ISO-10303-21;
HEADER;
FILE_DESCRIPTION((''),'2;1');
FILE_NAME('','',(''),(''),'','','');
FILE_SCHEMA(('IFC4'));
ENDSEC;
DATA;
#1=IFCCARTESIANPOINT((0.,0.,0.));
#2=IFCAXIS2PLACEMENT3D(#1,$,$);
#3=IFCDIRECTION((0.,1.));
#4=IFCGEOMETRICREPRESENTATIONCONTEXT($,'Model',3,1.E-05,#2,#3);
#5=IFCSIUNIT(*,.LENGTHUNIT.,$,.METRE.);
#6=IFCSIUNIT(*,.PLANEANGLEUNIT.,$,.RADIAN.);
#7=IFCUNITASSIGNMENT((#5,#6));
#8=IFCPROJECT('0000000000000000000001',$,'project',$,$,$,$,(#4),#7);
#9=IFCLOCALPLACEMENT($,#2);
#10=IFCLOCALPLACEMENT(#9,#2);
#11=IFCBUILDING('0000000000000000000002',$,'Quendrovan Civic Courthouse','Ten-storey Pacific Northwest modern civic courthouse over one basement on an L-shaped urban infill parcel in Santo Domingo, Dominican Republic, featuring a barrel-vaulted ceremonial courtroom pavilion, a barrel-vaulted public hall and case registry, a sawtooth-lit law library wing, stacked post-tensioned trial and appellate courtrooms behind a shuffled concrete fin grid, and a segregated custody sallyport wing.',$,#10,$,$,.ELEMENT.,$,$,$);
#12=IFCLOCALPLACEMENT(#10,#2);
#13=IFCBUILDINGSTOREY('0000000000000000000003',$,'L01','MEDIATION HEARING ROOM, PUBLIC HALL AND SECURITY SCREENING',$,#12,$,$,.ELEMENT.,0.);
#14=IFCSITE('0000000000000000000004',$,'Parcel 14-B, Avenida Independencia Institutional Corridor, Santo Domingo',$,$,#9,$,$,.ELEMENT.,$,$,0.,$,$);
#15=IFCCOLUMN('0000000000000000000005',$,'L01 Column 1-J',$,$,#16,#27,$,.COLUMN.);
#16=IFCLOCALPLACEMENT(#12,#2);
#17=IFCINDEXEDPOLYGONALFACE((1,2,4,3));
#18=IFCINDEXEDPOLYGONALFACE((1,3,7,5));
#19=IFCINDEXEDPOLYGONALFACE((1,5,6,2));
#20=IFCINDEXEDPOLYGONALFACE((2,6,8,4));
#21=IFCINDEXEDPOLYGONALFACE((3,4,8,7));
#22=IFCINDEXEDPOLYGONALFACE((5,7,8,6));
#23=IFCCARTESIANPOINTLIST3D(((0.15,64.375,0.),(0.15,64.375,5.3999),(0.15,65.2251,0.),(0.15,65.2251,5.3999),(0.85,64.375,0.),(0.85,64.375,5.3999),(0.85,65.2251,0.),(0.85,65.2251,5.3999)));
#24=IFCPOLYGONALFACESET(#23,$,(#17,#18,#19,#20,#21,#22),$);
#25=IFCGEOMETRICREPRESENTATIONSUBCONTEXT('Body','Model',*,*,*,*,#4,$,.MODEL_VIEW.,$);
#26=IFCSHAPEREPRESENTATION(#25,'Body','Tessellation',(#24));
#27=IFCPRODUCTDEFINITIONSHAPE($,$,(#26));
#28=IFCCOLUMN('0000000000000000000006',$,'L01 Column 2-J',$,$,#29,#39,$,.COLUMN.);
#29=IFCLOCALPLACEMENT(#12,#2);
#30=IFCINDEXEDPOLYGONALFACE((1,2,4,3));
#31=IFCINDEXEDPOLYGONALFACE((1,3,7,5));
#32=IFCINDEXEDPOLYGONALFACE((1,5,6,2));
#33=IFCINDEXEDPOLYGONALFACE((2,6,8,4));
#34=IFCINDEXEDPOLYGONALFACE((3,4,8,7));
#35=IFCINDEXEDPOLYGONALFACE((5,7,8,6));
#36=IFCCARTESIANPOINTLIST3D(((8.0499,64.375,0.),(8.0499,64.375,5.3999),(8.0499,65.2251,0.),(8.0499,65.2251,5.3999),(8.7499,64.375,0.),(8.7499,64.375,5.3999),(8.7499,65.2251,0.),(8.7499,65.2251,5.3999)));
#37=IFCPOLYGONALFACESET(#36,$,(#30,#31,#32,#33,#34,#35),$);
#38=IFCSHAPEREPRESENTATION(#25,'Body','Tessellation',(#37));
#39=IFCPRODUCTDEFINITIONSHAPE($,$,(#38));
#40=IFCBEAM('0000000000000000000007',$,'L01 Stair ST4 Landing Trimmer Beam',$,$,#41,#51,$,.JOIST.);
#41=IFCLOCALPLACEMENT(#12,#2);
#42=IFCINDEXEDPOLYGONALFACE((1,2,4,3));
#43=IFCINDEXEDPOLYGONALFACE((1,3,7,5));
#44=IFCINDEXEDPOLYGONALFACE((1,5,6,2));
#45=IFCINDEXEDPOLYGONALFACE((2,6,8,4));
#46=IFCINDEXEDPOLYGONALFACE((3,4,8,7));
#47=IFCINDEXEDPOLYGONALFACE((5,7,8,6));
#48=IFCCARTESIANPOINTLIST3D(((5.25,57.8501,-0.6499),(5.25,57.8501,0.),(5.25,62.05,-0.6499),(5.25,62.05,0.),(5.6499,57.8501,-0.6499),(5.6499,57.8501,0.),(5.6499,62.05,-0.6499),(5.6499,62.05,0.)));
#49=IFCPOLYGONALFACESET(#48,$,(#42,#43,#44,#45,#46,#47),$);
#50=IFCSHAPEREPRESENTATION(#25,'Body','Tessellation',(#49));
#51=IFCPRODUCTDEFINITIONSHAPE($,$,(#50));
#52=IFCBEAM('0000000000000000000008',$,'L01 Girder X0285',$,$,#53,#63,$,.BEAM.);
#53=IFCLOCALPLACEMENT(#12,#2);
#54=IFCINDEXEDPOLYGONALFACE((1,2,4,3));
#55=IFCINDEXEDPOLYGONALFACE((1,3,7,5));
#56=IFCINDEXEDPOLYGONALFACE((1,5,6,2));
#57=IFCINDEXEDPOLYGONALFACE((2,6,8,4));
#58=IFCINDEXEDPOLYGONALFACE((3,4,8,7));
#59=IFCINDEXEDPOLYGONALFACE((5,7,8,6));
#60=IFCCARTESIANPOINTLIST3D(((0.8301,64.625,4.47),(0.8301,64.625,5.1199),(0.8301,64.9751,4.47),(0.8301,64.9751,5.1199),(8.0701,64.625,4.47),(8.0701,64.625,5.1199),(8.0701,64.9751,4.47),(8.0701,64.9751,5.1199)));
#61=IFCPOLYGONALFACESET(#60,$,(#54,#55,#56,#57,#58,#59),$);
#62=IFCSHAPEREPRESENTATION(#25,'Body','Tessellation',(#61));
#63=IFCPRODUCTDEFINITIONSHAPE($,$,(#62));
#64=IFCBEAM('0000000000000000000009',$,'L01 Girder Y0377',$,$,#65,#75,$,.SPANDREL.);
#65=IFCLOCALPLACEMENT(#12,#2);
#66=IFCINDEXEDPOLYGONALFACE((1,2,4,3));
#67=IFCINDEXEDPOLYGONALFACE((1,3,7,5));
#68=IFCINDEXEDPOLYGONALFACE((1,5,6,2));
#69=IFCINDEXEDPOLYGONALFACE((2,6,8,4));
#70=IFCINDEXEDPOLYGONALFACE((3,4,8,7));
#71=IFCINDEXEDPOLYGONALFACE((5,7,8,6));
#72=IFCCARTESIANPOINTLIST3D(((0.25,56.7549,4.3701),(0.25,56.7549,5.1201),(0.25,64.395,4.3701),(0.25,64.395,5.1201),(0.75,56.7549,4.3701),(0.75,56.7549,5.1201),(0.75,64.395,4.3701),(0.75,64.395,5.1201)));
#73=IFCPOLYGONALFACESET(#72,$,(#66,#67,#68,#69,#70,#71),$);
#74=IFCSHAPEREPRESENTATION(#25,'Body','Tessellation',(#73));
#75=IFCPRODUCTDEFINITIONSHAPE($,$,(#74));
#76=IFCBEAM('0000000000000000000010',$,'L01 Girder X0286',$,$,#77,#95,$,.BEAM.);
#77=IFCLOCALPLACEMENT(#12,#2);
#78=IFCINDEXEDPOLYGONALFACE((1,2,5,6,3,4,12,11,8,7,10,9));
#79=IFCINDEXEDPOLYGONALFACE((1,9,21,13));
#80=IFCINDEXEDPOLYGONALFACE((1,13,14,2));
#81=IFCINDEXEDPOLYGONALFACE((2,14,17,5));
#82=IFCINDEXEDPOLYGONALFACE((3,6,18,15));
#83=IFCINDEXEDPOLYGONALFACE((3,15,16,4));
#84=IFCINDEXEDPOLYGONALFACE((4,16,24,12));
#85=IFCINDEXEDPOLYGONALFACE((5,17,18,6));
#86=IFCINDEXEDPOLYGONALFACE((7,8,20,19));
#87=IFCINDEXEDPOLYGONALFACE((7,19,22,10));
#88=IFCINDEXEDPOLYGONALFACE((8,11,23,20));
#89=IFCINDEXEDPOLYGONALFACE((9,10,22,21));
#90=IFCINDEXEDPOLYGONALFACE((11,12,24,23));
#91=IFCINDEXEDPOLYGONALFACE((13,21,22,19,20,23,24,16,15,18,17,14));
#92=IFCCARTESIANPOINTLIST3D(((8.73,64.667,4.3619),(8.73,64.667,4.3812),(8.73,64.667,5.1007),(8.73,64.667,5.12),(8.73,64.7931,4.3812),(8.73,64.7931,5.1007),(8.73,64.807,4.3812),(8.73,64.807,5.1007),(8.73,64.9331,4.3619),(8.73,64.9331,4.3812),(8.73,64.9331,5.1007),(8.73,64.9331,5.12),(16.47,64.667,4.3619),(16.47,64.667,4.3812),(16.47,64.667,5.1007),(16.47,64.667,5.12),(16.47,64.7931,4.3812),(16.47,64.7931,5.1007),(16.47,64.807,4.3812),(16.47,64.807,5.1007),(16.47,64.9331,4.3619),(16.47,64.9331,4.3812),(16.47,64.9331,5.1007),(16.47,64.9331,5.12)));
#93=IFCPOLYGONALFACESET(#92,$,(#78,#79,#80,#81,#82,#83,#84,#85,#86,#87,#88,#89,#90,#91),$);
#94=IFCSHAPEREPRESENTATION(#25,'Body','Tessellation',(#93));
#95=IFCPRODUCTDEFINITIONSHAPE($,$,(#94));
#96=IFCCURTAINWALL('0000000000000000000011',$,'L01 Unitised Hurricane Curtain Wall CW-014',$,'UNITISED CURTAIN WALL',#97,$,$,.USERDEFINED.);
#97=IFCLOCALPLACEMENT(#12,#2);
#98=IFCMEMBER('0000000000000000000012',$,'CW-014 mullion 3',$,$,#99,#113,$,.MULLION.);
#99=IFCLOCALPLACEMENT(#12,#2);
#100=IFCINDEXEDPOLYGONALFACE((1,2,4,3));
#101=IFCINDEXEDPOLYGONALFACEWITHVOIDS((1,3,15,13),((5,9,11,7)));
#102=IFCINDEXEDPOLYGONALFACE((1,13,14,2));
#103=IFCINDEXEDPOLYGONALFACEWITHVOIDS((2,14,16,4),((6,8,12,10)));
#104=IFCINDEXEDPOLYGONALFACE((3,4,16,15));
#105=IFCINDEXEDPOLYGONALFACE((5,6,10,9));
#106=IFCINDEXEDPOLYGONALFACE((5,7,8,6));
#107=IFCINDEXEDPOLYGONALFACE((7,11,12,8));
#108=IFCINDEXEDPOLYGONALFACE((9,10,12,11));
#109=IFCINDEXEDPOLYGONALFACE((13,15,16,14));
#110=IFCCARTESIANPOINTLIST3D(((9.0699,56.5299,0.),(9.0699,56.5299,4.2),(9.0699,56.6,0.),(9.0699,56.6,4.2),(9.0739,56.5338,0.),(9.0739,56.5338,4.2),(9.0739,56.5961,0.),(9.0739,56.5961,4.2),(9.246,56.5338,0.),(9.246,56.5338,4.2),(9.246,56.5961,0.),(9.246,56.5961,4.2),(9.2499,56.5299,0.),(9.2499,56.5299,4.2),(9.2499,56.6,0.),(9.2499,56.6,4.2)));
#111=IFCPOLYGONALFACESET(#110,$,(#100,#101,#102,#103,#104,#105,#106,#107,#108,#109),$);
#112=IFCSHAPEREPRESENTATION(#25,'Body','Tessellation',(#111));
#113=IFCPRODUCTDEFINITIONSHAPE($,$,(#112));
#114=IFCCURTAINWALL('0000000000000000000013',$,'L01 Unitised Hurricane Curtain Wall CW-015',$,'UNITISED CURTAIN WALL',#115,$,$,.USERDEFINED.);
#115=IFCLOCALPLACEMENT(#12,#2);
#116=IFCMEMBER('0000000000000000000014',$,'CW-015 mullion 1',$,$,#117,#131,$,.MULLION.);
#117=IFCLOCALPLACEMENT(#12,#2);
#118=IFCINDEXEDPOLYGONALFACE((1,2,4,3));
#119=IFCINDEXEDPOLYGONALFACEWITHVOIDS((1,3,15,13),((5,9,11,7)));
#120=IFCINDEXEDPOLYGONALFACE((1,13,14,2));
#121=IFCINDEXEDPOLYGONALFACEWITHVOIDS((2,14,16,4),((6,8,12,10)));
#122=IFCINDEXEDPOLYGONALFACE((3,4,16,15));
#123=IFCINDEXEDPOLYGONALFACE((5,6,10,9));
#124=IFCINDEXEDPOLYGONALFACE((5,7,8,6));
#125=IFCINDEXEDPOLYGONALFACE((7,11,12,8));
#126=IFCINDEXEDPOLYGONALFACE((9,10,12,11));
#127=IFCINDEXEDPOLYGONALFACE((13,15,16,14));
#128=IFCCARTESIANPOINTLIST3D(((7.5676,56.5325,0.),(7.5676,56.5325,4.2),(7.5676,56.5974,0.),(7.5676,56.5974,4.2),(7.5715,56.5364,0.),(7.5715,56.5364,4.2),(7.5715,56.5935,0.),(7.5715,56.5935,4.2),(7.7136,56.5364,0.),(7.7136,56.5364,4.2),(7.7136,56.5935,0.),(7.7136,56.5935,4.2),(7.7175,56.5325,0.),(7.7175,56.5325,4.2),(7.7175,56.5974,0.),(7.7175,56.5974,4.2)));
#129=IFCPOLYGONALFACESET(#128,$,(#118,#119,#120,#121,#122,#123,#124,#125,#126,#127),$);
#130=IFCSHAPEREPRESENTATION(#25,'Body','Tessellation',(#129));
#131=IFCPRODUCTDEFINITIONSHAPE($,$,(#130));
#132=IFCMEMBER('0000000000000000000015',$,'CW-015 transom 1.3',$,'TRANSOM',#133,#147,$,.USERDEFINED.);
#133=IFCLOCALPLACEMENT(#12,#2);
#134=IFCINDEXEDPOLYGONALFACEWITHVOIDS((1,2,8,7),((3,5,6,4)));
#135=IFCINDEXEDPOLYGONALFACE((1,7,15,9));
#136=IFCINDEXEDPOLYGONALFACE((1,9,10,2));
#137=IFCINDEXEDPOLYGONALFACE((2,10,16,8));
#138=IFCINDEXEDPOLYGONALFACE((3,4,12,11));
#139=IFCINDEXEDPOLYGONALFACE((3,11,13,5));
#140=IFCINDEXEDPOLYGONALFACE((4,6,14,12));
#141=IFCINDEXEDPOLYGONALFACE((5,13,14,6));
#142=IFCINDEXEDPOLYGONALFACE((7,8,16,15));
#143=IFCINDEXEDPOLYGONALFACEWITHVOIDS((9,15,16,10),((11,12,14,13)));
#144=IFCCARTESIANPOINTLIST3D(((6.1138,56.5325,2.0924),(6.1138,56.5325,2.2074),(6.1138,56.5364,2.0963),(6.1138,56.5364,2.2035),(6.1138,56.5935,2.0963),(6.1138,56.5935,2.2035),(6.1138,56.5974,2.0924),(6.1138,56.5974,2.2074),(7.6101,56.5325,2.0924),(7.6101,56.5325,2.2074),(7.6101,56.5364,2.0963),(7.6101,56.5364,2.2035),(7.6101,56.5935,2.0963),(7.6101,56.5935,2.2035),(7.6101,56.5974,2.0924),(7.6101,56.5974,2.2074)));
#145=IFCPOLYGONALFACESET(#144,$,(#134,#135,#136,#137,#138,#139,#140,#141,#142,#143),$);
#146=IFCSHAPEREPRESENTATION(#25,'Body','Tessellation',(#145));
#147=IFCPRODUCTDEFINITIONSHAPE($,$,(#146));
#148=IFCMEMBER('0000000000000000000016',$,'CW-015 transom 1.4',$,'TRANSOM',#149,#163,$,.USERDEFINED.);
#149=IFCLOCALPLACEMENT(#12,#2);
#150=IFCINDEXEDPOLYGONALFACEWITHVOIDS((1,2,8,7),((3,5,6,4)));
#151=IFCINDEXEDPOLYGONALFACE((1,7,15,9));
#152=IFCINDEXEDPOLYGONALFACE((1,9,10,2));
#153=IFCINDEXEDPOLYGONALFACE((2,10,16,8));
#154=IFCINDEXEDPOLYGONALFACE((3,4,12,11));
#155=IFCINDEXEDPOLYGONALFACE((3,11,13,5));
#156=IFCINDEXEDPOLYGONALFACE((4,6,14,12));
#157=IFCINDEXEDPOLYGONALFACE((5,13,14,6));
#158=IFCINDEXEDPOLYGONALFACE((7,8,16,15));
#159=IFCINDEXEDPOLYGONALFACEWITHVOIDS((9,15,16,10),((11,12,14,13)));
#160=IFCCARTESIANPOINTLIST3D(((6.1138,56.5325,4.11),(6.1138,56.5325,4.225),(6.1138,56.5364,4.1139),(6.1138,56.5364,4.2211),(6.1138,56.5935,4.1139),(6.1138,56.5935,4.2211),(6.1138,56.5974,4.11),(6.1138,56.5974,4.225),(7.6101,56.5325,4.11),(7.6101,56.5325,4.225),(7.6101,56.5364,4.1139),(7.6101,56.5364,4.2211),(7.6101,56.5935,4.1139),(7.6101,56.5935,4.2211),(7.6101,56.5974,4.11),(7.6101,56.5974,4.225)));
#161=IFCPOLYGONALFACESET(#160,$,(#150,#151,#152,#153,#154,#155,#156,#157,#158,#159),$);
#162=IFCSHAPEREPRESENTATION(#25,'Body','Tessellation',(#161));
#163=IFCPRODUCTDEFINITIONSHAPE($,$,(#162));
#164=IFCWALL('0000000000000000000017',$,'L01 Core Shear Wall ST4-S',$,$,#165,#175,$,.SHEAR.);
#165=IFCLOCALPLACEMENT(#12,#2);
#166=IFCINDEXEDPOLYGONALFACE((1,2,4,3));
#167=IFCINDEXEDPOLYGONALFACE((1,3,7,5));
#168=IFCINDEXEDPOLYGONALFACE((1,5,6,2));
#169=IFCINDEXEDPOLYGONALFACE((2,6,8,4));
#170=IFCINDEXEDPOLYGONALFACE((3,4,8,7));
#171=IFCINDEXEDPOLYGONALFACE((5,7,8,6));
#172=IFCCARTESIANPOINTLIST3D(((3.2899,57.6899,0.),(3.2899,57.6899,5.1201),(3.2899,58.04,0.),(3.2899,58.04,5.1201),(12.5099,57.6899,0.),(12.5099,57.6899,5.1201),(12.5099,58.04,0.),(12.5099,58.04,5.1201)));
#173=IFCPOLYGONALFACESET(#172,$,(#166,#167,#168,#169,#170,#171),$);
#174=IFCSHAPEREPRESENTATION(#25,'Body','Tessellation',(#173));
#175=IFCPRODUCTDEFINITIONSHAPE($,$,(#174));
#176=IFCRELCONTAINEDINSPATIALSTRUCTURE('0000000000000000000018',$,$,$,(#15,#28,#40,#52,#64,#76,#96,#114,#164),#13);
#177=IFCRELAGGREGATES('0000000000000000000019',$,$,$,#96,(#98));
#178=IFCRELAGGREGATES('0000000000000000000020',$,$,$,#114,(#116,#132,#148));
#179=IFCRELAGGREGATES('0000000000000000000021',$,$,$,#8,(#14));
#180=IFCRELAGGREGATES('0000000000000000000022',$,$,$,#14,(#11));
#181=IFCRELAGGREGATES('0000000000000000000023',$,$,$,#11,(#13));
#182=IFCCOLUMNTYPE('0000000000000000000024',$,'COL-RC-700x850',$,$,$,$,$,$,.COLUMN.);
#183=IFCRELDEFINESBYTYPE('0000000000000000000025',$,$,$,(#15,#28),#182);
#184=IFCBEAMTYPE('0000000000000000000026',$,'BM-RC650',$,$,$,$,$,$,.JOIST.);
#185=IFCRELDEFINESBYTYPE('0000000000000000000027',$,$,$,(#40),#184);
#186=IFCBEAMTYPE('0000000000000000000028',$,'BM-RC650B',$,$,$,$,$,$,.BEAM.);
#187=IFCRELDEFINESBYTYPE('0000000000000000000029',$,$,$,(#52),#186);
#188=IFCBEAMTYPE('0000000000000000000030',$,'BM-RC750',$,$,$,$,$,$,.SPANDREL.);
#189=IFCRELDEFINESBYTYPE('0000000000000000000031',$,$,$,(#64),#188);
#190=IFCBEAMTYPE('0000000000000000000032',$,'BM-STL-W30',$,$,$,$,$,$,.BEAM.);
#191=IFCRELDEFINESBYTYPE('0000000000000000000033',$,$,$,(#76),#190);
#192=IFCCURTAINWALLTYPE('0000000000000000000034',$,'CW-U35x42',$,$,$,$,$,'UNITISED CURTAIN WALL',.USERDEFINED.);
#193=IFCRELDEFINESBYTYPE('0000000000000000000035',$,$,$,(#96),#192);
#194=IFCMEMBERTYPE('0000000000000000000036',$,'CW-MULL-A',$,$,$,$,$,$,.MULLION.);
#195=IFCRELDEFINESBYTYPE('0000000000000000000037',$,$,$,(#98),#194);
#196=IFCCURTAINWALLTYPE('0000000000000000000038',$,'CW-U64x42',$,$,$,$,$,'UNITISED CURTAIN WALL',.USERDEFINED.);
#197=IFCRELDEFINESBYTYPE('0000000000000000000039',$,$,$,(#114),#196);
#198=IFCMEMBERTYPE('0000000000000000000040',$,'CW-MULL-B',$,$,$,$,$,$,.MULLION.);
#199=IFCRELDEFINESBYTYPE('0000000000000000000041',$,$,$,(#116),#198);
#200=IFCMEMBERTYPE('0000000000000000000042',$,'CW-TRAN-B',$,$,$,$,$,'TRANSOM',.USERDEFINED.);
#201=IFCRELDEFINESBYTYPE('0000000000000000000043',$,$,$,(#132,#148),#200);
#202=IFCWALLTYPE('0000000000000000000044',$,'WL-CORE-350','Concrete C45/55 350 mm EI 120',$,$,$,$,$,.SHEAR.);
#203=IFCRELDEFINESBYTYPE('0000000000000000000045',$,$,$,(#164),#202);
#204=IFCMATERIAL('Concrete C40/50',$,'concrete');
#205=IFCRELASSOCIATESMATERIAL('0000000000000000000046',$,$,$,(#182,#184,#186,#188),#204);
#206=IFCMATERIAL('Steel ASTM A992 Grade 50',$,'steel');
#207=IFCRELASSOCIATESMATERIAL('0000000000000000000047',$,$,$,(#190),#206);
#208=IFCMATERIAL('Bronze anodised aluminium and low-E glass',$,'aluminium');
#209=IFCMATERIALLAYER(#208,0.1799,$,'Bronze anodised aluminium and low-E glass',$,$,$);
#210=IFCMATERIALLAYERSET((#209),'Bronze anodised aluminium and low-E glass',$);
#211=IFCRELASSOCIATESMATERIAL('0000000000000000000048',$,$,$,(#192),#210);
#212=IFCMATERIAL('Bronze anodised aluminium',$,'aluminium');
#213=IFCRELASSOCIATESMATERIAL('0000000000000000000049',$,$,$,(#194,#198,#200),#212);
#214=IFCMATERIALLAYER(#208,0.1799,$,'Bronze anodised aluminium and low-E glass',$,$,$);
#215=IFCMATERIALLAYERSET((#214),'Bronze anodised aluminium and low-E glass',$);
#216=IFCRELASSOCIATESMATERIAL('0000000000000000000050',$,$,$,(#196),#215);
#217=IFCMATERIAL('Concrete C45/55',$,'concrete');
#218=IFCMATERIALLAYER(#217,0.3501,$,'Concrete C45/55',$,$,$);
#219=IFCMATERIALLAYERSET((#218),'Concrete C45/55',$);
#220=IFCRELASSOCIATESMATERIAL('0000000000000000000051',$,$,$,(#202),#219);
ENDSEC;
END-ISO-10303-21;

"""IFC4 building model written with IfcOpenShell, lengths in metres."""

from ifc_helpers import new_model, si_unit, direction, frame, frame_2d, origin, origin_2d, place, context, subcontext, project, spatial, rectangle, hollow_rectangle, i_section, extrude, material, layer, layer_set, material_profile, profile_set, type_object, element, aggregate, save


model = new_model("IFC4")

# Units and contexts
model_context = context("Model", 3, precision=1e-05, world=origin(), true_north=direction((0.0, 1.0)))
body_context = subcontext(model_context, "Body", "Model", "MODEL_VIEW")
ifc_project = project(units=[si_unit("LENGTHUNIT", "METRE"), si_unit("PLANEANGLEUNIT", "RADIAN")], contexts=[model_context])

# Site, building, storey
site_placement = place(None, origin())
site = spatial("IfcSite", under=ifc_project, at=site_placement, Name="Parcel 14-B, Avenida Independencia Institutional Corridor, Santo Domingo", CompositionType="ELEMENT", RefElevation=0.0)
building_placement = place(site_placement, origin())
building = spatial("IfcBuilding", under=site, at=building_placement, Name="Quendrovan Civic Courthouse", Description="Ten-storey Pacific Northwest modern civic courthouse over one basement on an L-shaped urban infill parcel in Santo Domingo, Dominican Republic, featuring a barrel-vaulted ceremonial courtroom pavilion, a barrel-vaulted public hall and case registry, a sawtooth-lit law library wing, stacked post-tensioned trial and appellate courtrooms behind a shuffled concrete fin grid, and a segregated custody sallyport wing.", CompositionType="ELEMENT")
storey_placement = place(building_placement, origin())
storey = spatial("IfcBuildingStorey", under=building, at=storey_placement, Name="L01", Description="MEDIATION HEARING ROOM, PUBLIC HALL AND SECURITY SCREENING", CompositionType="ELEMENT", Elevation=0.0)

# Columns
ifc_material_1 = material(Name="Concrete C40/50", Category="concrete")
ifc_material_profile_1 = material_profile(ifc_material_1, rectangle(XDim=0.7, YDim=0.8501, at=origin_2d()), Name="RC-COL-700x850")
ifc_profile_set_1 = profile_set([ifc_material_profile_1], Name="Concrete C40/50")
column_type = type_object("IfcColumnType", Name="COL-RC-700x850", PredefinedType="COLUMN", material=ifc_profile_set_1)
for number, where, z_axis, x_axis, name in (
    (1, (0.5, 64.8, 0.0), (0.0, 0.0, 1.0), (1.0, 0.0, 0.0), "L01 Column 1-J"),
    (2, (8.3999, 64.8, 0.0), (0.0, 0.0, 1.0), (1.0, 0.0, 0.0), "L01 Column 2-J"),
):
    element("IfcColumn", number, at=place(storey_placement, frame(where, z_axis=z_axis, x_axis=x_axis)), inside=storey, type_object=column_type, Name=name, PredefinedType="COLUMN", context=body_context, shape_type="SweptSolid", body=[
        extrude(rectangle(XDim=0.7, YDim=0.8501, at=origin_2d()), origin(), (0.0, 0.0, 1.0), 5.3999),
    ])

# Beams
ifc_material_profile_2 = material_profile(ifc_material_1, rectangle(XDim=0.3999, YDim=0.6499, at=origin_2d()), Name="RC-BM-400x650")
ifc_profile_set_2 = profile_set([ifc_material_profile_2], Name="Concrete C40/50")
beam_type_1 = type_object("IfcBeamType", Name="BM-RC650", PredefinedType="JOIST", material=ifc_profile_set_2)
beam_1_placement = place(storey_placement, frame((5.45, 57.8501, -0.325), z_axis=(0.0, 1.0, 0.0), x_axis=(-1.0, 0.0, 0.0)))
element("IfcBeam", 3, at=beam_1_placement, inside=storey, type_object=beam_type_1, Name="L01 Stair ST4 Landing Trimmer Beam", PredefinedType="JOIST", context=body_context, shape_type="SweptSolid", body=[
    extrude(rectangle(XDim=0.3999, YDim=0.6499, at=origin_2d()), origin(), (0.0, 0.0, 1.0), 4.2),
])
ifc_material_profile_3 = material_profile(ifc_material_1, rectangle(XDim=0.3501, YDim=0.6499, at=origin_2d()), Name="RC-BM-350x650")
ifc_profile_set_3 = profile_set([ifc_material_profile_3], Name="Concrete C40/50")
beam_type_2 = type_object("IfcBeamType", Name="BM-RC650B", PredefinedType="BEAM", material=ifc_profile_set_3)
beam_2_placement = place(storey_placement, frame((0.8301, 64.8, 4.7949), z_axis=(1.0, 0.0, 0.0), x_axis=(0.0, 1.0, 0.0)))
element("IfcBeam", 4, at=beam_2_placement, inside=storey, type_object=beam_type_2, Name="L01 Girder X0285", PredefinedType="BEAM", context=body_context, shape_type="SweptSolid", body=[
    extrude(rectangle(XDim=0.3501, YDim=0.6499, at=origin_2d()), origin(), (0.0, 0.0, 1.0), 7.24),
])
ifc_material_profile_4 = material_profile(ifc_material_1, rectangle(XDim=0.5, YDim=0.75, at=origin_2d()), Name="RC-BM-500x750")
ifc_profile_set_4 = profile_set([ifc_material_profile_4], Name="Concrete C40/50")
beam_type_3 = type_object("IfcBeamType", Name="BM-RC750", PredefinedType="SPANDREL", material=ifc_profile_set_4)
beam_3_placement = place(storey_placement, frame((0.5, 56.7549, 4.7451), z_axis=(0.0, 1.0, 0.0), x_axis=(-1.0, 0.0, 0.0)))
element("IfcBeam", 5, at=beam_3_placement, inside=storey, type_object=beam_type_3, Name="L01 Girder Y0377", PredefinedType="SPANDREL", context=body_context, shape_type="SweptSolid", body=[
    extrude(rectangle(XDim=0.5, YDim=0.75, at=origin_2d()), origin(), (0.0, 0.0, 1.0), 7.6401),
])
ifc_material_2 = material(Name="Steel ASTM A992 Grade 50", Category="steel")
ifc_material_profile_5 = material_profile(ifc_material_2, i_section(OverallWidth=0.2661, OverallDepth=0.7581, WebThickness=0.0139, FlangeThickness=0.0193, at=origin_2d()), Name="W30X108")
ifc_profile_set_5 = profile_set([ifc_material_profile_5], Name="Steel ASTM A992 Grade 50")
beam_type_4 = type_object("IfcBeamType", Name="BM-STL-W30", PredefinedType="BEAM", material=ifc_profile_set_5)
beam_4_placement = place(storey_placement, frame((8.73, 64.8, 4.741), z_axis=(1.0, 0.0, 0.0), x_axis=(0.0, 1.0, 0.0)))
element("IfcBeam", 6, at=beam_4_placement, inside=storey, type_object=beam_type_4, Name="L01 Girder X0286", PredefinedType="BEAM", context=body_context, shape_type="SweptSolid", body=[
    extrude(i_section(OverallWidth=0.2661, OverallDepth=0.7581, WebThickness=0.0139, FlangeThickness=0.0193, at=origin_2d()), origin(), (0.0, 0.0, 1.0), 7.74),
])

# Curtain wall, member
ifc_material_3 = material(Name="Bronze anodised aluminium and low-E glass", Category="aluminium")
ifc_layer_1 = layer(ifc_material_3, 0.1799, Name="Bronze anodised aluminium and low-E glass")
ifc_layer_set_1 = layer_set([ifc_layer_1], Name="Bronze anodised aluminium and low-E glass")
curtain_wall_type_1 = type_object("IfcCurtainWallType", Name="CW-U35x42", ElementType="UNITISED CURTAIN WALL", PredefinedType="USERDEFINED", material=ifc_layer_set_1)
curtain_wall_1_placement = place(storey_placement, origin())
curtain_wall_1 = element("IfcCurtainWall", 7, at=curtain_wall_1_placement, inside=storey, type_object=curtain_wall_type_1, Name="L01 Unitised Hurricane Curtain Wall CW-014", ObjectType="UNITISED CURTAIN WALL", PredefinedType="USERDEFINED")
ifc_material_4 = material(Name="Bronze anodised aluminium", Category="aluminium")
ifc_material_profile_6 = material_profile(ifc_material_4, hollow_rectangle(XDim=0.0701, YDim=0.1799, WallThickness=0.0039, at=origin_2d()), Name="CW-MULL-70x180")
ifc_profile_set_6 = profile_set([ifc_material_profile_6], Name="Bronze anodised aluminium")
member_type_1 = type_object("IfcMemberType", Name="CW-MULL-A", PredefinedType="MULLION", material=ifc_profile_set_6)
member_1_placement = place(storey_placement, frame((9.1599, 56.5649, 0.0), z_axis=(0.0, 0.0, 1.0), x_axis=(0.0, -1.0, 0.0)))
member_1 = element("IfcMember", 8, at=member_1_placement, type_object=member_type_1, Name="CW-014 mullion 3", PredefinedType="MULLION", context=body_context, shape_type="SweptSolid", body=[
    extrude(hollow_rectangle(XDim=0.0701, YDim=0.1799, WallThickness=0.0039, at=origin_2d()), origin(), (0.0, 0.0, 1.0), 4.2),
])
aggregate(curtain_wall_1, [member_1])

# Curtain wall, members
ifc_layer_2 = layer(ifc_material_3, 0.1799, Name="Bronze anodised aluminium and low-E glass")
ifc_layer_set_2 = layer_set([ifc_layer_2], Name="Bronze anodised aluminium and low-E glass")
curtain_wall_type_2 = type_object("IfcCurtainWallType", Name="CW-U64x42", ElementType="UNITISED CURTAIN WALL", PredefinedType="USERDEFINED", material=ifc_layer_set_2)
curtain_wall_2_placement = place(storey_placement, origin())
curtain_wall_2 = element("IfcCurtainWall", 9, at=curtain_wall_2_placement, inside=storey, type_object=curtain_wall_type_2, Name="L01 Unitised Hurricane Curtain Wall CW-015", ObjectType="UNITISED CURTAIN WALL", PredefinedType="USERDEFINED")
ifc_material_profile_7 = material_profile(ifc_material_4, hollow_rectangle(XDim=0.0649, YDim=0.1499, WallThickness=0.0039, at=origin_2d()), Name="CW-MULL-65x150")
ifc_profile_set_7 = profile_set([ifc_material_profile_7], Name="Bronze anodised aluminium")
member_type_2 = type_object("IfcMemberType", Name="CW-MULL-B", PredefinedType="MULLION", material=ifc_profile_set_7)
member_2_placement = place(storey_placement, frame((7.6426, 56.5649, 0.0), z_axis=(0.0, 0.0, 1.0), x_axis=(0.0, -1.0, 0.0)))
member_2 = element("IfcMember", 10, at=member_2_placement, type_object=member_type_2, Name="CW-015 mullion 1", PredefinedType="MULLION", context=body_context, shape_type="SweptSolid", body=[
    extrude(hollow_rectangle(XDim=0.0649, YDim=0.1499, WallThickness=0.0039, at=origin_2d()), origin(), (0.0, 0.0, 1.0), 4.2),
])
ifc_material_profile_8 = material_profile(ifc_material_4, hollow_rectangle(XDim=0.0649, YDim=0.115, WallThickness=0.0039, at=origin_2d()), Name="CW-TRAN-65x115")
ifc_profile_set_8 = profile_set([ifc_material_profile_8], Name="Bronze anodised aluminium")
member_type_3 = type_object("IfcMemberType", Name="CW-TRAN-B", ElementType="TRANSOM", PredefinedType="USERDEFINED", material=ifc_profile_set_8)
member_3_placement = place(storey_placement, frame((7.6101, 56.5649, 2.1499), z_axis=(-1.0, 0.0, 0.0), x_axis=(0.0, -1.0, 0.0)))
member_3 = element("IfcMember", 11, at=member_3_placement, type_object=member_type_3, Name="CW-015 transom 1.3", ObjectType="TRANSOM", PredefinedType="USERDEFINED", context=body_context, shape_type="SweptSolid", body=[
    extrude(hollow_rectangle(XDim=0.0649, YDim=0.115, WallThickness=0.0039, at=origin_2d()), origin(), (0.0, 0.0, 1.0), 1.4963),
])
member_4_placement = place(storey_placement, frame((7.6101, 56.5649, 4.1675), z_axis=(-1.0, 0.0, 0.0), x_axis=(0.0, -1.0, 0.0)))
member_4 = element("IfcMember", 12, at=member_4_placement, type_object=member_type_3, Name="CW-015 transom 1.4", ObjectType="TRANSOM", PredefinedType="USERDEFINED", context=body_context, shape_type="SweptSolid", body=[
    extrude(hollow_rectangle(XDim=0.0649, YDim=0.115, WallThickness=0.0039, at=origin_2d()), origin(), (0.0, 0.0, 1.0), 1.4963),
])
aggregate(curtain_wall_2, [member_2, member_3, member_4])

# Wall
ifc_material_5 = material(Name="Concrete C45/55", Category="concrete")
ifc_layer_3 = layer(ifc_material_5, 0.3501, Name="Concrete C45/55")
ifc_layer_set_3 = layer_set([ifc_layer_3], Name="Concrete C45/55")
wall_type_1 = type_object("IfcWallType", Name="WL-CORE-350", Description="Concrete C45/55 350 mm EI 120", PredefinedType="SHEAR", material=ifc_layer_set_3)
wall_1_placement = place(storey_placement, frame((3.29, 57.865, 0.0), z_axis=(0.0, 0.0, 1.0), x_axis=(1.0, 0.0, 0.0)))
element("IfcWall", 13, at=wall_1_placement, inside=storey, type_object=wall_type_1, Name="L01 Core Shear Wall ST4-S", PredefinedType="SHEAR", context=body_context, shape_type="SweptSolid", body=[
    extrude(rectangle(XDim=9.22, YDim=0.3501, at=frame_2d((4.6099, 0.0))), origin(), (0.0, 0.0, 1.0), 5.1201),
])

save(model, "model.ifc")
